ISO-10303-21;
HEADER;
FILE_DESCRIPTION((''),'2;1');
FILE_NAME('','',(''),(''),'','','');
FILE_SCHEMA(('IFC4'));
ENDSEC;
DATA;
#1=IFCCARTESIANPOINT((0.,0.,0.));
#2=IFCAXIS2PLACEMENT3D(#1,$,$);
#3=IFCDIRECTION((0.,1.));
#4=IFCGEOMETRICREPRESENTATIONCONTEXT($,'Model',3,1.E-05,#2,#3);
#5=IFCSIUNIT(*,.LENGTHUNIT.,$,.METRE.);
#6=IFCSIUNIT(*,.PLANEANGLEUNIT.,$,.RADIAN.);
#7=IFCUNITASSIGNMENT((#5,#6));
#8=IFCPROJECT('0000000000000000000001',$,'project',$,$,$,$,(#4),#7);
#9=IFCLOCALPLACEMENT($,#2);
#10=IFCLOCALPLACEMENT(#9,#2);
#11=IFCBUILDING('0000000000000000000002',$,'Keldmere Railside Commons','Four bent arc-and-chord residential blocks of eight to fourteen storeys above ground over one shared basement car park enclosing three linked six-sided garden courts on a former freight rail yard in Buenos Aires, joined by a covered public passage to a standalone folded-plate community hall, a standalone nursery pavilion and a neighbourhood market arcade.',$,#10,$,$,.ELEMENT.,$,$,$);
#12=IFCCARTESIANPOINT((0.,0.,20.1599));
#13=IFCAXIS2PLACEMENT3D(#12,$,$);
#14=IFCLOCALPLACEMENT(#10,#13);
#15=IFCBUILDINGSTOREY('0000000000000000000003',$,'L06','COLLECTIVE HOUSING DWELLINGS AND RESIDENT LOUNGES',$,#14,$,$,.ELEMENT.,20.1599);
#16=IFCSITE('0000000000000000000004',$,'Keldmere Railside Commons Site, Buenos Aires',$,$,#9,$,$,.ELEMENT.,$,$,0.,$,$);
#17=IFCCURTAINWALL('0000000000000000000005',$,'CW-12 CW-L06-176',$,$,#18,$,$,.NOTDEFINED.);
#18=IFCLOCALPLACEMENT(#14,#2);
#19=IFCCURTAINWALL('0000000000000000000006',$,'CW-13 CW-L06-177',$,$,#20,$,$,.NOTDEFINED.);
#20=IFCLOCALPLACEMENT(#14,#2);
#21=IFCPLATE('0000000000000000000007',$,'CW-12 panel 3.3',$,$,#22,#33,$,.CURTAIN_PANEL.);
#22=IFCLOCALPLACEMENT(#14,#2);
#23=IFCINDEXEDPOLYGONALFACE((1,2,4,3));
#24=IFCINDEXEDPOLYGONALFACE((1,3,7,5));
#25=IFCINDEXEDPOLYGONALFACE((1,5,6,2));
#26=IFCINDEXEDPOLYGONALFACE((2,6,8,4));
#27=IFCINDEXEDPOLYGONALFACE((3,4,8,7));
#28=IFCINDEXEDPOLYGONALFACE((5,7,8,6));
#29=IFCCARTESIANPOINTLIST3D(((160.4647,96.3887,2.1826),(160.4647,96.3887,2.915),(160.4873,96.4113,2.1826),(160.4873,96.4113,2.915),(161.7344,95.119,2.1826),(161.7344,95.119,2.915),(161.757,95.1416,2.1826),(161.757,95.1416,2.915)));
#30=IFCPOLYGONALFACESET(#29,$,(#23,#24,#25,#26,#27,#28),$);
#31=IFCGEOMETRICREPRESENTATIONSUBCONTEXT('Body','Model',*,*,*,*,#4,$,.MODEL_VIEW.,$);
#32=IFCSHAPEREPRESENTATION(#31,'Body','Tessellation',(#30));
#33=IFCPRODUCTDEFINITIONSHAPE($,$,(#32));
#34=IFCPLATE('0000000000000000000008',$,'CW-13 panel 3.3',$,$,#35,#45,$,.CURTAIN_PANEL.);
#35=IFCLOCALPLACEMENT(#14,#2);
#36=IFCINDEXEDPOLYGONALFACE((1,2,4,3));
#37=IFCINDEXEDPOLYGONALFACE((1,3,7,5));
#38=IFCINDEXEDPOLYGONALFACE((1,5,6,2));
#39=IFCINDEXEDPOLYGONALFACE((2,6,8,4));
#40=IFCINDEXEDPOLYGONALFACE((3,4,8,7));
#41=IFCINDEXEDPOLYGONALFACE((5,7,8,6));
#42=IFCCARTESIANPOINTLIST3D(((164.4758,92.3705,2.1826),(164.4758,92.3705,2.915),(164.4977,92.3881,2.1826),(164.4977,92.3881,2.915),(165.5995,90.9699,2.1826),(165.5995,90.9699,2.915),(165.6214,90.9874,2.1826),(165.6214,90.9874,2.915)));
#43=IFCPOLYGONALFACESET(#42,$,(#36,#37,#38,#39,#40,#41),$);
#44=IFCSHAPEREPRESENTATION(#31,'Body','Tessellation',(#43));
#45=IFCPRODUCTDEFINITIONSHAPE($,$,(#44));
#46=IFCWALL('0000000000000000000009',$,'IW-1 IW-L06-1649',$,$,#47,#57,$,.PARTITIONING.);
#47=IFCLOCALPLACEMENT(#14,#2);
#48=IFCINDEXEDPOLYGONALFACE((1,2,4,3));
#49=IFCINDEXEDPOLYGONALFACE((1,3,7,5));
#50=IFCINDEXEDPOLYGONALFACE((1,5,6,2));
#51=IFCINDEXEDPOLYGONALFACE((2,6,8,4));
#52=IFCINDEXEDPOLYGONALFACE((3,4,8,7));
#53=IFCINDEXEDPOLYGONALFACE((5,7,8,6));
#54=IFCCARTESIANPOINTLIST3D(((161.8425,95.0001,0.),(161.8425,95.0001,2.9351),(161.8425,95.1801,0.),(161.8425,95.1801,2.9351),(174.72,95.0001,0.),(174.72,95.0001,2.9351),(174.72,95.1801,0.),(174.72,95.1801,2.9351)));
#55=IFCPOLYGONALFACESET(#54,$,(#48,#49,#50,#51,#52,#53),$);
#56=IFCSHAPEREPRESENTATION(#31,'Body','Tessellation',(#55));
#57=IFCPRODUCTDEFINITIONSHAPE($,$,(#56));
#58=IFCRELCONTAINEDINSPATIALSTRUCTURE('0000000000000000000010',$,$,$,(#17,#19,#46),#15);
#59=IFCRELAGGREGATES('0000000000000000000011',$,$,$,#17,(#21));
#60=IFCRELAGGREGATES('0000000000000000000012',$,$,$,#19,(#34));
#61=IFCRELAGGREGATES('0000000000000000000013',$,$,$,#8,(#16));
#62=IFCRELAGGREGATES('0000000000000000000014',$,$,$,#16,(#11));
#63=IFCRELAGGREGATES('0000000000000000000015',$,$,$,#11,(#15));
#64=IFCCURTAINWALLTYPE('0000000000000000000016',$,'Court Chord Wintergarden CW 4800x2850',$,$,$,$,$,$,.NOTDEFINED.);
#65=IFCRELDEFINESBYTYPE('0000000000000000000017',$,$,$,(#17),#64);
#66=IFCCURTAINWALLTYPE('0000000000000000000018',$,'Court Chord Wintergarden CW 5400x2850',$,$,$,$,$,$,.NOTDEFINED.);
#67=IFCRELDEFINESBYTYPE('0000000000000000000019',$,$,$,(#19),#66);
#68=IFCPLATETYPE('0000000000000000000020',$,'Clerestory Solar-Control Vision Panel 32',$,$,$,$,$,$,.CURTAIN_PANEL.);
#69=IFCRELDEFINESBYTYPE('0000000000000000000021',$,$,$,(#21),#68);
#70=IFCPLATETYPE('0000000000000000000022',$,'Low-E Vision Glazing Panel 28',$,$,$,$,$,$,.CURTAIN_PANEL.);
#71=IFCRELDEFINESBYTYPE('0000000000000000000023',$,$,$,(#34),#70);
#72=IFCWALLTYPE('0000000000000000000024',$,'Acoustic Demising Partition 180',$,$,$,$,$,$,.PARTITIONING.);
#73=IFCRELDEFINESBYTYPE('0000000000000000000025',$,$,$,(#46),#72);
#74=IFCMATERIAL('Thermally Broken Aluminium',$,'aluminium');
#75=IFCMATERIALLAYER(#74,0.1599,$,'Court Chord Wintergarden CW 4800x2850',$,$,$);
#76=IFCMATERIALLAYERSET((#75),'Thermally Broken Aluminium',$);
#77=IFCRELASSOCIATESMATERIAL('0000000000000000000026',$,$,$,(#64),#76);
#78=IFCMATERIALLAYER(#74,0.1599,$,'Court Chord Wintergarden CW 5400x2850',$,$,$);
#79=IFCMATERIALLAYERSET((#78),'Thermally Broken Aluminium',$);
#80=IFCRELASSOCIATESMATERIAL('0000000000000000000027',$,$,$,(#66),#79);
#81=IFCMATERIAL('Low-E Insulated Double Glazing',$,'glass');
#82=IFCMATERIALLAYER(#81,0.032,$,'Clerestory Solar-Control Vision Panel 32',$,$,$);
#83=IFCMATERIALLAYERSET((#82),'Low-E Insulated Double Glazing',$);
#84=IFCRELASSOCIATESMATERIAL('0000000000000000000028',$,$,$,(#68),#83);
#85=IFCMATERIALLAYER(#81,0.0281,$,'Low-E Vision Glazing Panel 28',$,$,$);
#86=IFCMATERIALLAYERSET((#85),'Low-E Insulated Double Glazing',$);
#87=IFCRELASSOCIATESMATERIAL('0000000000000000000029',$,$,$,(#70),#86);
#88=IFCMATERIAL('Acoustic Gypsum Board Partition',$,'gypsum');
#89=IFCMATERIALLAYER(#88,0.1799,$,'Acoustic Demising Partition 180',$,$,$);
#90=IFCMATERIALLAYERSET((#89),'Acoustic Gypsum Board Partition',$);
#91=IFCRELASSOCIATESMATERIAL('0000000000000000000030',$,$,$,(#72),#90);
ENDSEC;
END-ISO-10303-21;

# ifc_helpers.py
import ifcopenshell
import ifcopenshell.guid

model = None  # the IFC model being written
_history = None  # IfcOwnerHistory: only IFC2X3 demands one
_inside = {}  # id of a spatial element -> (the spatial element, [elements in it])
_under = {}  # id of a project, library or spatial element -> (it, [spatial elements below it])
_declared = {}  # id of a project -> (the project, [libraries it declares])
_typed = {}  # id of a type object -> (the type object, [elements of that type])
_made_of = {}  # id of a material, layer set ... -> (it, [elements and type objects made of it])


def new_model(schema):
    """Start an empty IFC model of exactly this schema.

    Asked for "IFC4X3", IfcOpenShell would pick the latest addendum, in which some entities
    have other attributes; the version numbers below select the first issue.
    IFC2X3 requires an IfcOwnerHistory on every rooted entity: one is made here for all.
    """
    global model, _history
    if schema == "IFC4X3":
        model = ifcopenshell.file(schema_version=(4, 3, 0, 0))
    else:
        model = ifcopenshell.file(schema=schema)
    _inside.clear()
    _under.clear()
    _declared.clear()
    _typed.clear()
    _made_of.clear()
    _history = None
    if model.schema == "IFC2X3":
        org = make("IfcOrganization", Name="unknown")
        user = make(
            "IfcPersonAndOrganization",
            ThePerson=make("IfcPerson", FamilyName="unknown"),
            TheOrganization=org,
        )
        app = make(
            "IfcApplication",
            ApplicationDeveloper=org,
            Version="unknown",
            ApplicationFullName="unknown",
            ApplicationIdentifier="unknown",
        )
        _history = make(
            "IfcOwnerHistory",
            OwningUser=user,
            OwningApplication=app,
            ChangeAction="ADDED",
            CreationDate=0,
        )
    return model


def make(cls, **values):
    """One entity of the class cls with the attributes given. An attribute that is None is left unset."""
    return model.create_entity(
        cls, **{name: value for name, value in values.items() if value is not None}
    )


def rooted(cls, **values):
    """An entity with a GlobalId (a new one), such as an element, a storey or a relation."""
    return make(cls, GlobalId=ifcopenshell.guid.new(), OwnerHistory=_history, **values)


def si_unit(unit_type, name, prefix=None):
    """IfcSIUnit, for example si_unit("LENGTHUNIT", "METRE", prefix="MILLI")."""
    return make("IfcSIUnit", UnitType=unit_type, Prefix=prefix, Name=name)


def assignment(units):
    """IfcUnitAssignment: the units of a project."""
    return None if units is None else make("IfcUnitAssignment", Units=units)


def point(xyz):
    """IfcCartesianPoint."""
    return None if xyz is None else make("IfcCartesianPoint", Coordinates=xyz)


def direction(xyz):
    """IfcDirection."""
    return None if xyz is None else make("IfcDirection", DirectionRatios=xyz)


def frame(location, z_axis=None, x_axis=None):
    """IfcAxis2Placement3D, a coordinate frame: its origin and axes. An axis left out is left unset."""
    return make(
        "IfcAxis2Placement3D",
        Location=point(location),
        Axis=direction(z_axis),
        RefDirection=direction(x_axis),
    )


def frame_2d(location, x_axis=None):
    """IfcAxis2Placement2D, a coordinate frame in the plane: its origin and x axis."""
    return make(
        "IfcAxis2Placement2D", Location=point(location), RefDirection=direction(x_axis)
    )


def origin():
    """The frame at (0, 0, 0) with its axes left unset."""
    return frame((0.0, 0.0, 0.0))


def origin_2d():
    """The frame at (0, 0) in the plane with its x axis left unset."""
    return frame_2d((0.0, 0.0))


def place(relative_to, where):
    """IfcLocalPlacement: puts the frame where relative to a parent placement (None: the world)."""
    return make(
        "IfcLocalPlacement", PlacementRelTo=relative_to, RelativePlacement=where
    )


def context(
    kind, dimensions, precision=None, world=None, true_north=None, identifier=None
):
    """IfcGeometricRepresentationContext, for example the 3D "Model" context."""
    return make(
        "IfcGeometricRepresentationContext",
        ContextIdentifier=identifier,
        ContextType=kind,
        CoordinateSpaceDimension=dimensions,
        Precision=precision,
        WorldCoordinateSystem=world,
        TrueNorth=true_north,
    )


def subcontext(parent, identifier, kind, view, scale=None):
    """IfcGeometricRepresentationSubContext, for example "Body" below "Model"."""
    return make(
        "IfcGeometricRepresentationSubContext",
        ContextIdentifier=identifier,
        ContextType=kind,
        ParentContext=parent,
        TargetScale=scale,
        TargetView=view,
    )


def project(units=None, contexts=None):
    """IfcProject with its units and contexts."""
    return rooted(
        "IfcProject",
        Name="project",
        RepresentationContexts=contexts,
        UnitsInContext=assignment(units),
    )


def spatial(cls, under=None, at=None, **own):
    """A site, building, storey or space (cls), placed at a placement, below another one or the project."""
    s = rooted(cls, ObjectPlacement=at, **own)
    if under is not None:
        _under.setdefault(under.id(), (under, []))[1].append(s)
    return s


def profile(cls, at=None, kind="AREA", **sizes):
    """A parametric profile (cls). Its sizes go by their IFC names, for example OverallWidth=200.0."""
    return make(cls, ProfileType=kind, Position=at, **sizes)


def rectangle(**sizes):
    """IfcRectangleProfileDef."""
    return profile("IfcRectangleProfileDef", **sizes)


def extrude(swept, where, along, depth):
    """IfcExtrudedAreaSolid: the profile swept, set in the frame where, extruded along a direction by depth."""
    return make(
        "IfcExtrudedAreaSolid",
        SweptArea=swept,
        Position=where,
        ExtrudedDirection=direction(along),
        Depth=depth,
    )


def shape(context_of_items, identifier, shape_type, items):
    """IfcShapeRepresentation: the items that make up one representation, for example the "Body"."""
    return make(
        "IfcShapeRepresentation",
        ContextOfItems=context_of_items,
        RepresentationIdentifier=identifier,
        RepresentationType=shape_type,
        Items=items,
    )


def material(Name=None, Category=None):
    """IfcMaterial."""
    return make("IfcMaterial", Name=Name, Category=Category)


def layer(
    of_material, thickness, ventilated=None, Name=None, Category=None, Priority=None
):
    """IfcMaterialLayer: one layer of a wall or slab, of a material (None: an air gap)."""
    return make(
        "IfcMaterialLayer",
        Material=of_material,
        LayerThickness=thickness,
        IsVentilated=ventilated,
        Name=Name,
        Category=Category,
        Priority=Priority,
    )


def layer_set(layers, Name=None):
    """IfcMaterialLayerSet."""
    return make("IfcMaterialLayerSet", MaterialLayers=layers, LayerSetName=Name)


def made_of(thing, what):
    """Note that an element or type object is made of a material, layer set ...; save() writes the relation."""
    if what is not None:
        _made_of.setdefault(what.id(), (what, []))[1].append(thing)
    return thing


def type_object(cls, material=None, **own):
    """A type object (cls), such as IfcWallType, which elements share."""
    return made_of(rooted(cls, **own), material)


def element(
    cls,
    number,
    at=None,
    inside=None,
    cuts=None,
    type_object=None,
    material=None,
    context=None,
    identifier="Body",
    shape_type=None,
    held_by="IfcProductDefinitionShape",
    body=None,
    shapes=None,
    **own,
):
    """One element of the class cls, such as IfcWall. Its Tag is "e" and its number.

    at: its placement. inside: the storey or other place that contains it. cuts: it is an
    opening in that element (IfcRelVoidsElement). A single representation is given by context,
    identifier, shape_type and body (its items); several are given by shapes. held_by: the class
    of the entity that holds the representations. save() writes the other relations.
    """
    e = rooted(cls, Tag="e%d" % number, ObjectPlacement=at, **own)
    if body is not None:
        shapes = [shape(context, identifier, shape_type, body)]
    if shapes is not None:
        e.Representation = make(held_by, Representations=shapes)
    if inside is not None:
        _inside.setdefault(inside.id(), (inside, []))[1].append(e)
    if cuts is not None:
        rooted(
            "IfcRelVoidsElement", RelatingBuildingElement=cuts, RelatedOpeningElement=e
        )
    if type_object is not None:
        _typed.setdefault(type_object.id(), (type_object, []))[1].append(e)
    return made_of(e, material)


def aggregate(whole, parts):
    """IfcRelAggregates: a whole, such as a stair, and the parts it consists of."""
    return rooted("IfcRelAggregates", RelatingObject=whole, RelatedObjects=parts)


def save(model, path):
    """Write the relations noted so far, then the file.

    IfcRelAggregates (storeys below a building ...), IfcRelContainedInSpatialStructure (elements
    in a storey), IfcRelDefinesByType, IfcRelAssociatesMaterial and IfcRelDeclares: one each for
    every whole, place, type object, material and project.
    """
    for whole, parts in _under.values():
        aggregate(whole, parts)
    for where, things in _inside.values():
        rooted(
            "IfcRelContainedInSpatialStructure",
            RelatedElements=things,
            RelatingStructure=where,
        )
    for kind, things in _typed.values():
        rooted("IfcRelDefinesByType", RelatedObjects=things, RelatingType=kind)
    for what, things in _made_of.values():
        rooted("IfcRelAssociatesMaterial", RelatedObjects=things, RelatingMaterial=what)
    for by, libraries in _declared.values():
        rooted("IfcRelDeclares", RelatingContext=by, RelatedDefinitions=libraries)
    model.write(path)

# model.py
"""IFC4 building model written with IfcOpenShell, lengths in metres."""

from ifc_helpers import new_model, si_unit, direction, frame, frame_2d, origin, origin_2d, place, context, subcontext, project, spatial, rectangle, extrude, material, layer, layer_set, type_object, element, aggregate, save


model = new_model("IFC4")

# Units and contexts
model_context = context("Model", 3, precision=1e-05, world=origin(), true_north=direction((0.0, 1.0)))
body_context = subcontext(model_context, "Body", "Model", "MODEL_VIEW")
ifc_project = project(units=[si_unit("LENGTHUNIT", "METRE"), si_unit("PLANEANGLEUNIT", "RADIAN")], contexts=[model_context])

# Site, building, storey
site_placement = place(None, origin())
site = spatial("IfcSite", under=ifc_project, at=site_placement, Name="Keldmere Railside Commons Site, Buenos Aires", CompositionType="ELEMENT", RefElevation=0.0)
building_placement = place(site_placement, origin())
building = spatial("IfcBuilding", under=site, at=building_placement, Name="Keldmere Railside Commons", Description="Four bent arc-and-chord residential blocks of eight to fourteen storeys above ground over one shared basement car park enclosing three linked six-sided garden courts on a former freight rail yard in Buenos Aires, joined by a covered public passage to a standalone folded-plate community hall, a standalone nursery pavilion and a neighbourhood market arcade.", CompositionType="ELEMENT")
storey_placement = place(building_placement, frame((0.0, 0.0, 20.1599)))
storey = spatial("IfcBuildingStorey", under=building, at=storey_placement, Name="L06", Description="COLLECTIVE HOUSING DWELLINGS AND RESIDENT LOUNGES", CompositionType="ELEMENT", Elevation=20.1599)

# Curtain wall
ifc_material_1 = material(Name="Thermally Broken Aluminium", Category="aluminium")
ifc_layer_1 = layer(ifc_material_1, 0.1599, Name="Court Chord Wintergarden CW 4800x2850")
ifc_layer_set_1 = layer_set([ifc_layer_1], Name="Thermally Broken Aluminium")
curtain_wall_type_1 = type_object("IfcCurtainWallType", Name="Court Chord Wintergarden CW 4800x2850", PredefinedType="NOTDEFINED", material=ifc_layer_set_1)
curtain_wall_1_placement = place(storey_placement, origin())
curtain_wall_1 = element("IfcCurtainWall", 1, at=curtain_wall_1_placement, inside=storey, type_object=curtain_wall_type_1, Name="CW-12 CW-L06-176", PredefinedType="NOTDEFINED")

# Curtain wall
ifc_layer_2 = layer(ifc_material_1, 0.1599, Name="Court Chord Wintergarden CW 5400x2850")
ifc_layer_set_2 = layer_set([ifc_layer_2], Name="Thermally Broken Aluminium")
curtain_wall_type_2 = type_object("IfcCurtainWallType", Name="Court Chord Wintergarden CW 5400x2850", PredefinedType="NOTDEFINED", material=ifc_layer_set_2)
curtain_wall_2_placement = place(storey_placement, origin())
curtain_wall_2 = element("IfcCurtainWall", 2, at=curtain_wall_2_placement, inside=storey, type_object=curtain_wall_type_2, Name="CW-13 CW-L06-177", PredefinedType="NOTDEFINED")

# Plates
ifc_material_2 = material(Name="Low-E Insulated Double Glazing", Category="glass")
ifc_layer_3 = layer(ifc_material_2, 0.032, Name="Clerestory Solar-Control Vision Panel 32")
ifc_layer_set_3 = layer_set([ifc_layer_3], Name="Low-E Insulated Double Glazing")
plate_type_1 = type_object("IfcPlateType", Name="Clerestory Solar-Control Vision Panel 32", PredefinedType="CURTAIN_PANEL", material=ifc_layer_set_3)
plate_1_placement = place(storey_placement, frame((161.1108, 95.7651, 2.1826), z_axis=(0.0, 0.0, 1.0), x_axis=(-0.707107, 0.707107, 0.0)))
plate_1 = element("IfcPlate", 3, at=plate_1_placement, type_object=plate_type_1, Name="CW-12 panel 3.3", PredefinedType="CURTAIN_PANEL", context=body_context, shape_type="SweptSolid", body=[
    extrude(rectangle(XDim=1.7957, YDim=0.032, at=origin_2d()), origin(), (0.0, 0.0, 1.0), 0.7324),
])
aggregate(curtain_wall_1, [plate_1])
ifc_layer_4 = layer(ifc_material_2, 0.0281, Name="Low-E Vision Glazing Panel 28")
ifc_layer_set_4 = layer_set([ifc_layer_4], Name="Low-E Insulated Double Glazing")
plate_type_2 = type_object("IfcPlateType", Name="Low-E Vision Glazing Panel 28", PredefinedType="CURTAIN_PANEL", material=ifc_layer_set_4)
plate_2_placement = place(storey_placement, frame((165.0486, 91.679, 2.1826), z_axis=(0.0, 0.0, 1.0), x_axis=(-0.625768, 0.780009, 0.0)))
plate_2 = element("IfcPlate", 4, at=plate_2_placement, type_object=plate_type_2, Name="CW-13 panel 3.3", PredefinedType="CURTAIN_PANEL", context=body_context, shape_type="SweptSolid", body=[
    extrude(rectangle(XDim=1.7957, YDim=0.0281, at=origin_2d()), origin(), (0.0, 0.0, 1.0), 0.7324),
])
aggregate(curtain_wall_2, [plate_2])

# Wall
ifc_material_3 = material(Name="Acoustic Gypsum Board Partition", Category="gypsum")
ifc_layer_5 = layer(ifc_material_3, 0.1799, Name="Acoustic Demising Partition 180")
ifc_layer_set_5 = layer_set([ifc_layer_5], Name="Acoustic Gypsum Board Partition")
wall_type = type_object("IfcWallType", Name="Acoustic Demising Partition 180", PredefinedType="PARTITIONING", material=ifc_layer_set_5)
wall_placement = place(storey_placement, frame((161.8425, 95.0901, 0.0), z_axis=(0.0, 0.0, 1.0), x_axis=(1.0, 0.0, 0.0)))
element("IfcWall", 5, at=wall_placement, inside=storey, type_object=wall_type, Name="IW-1 IW-L06-1649", PredefinedType="PARTITIONING", context=body_context, shape_type="SweptSolid", body=[
    extrude(rectangle(XDim=12.8774, YDim=0.1799, at=frame_2d((6.4387, 0.0))), origin(), (0.0, 0.0, 1.0), 2.9351),
])

save(model, "model.ifc")
